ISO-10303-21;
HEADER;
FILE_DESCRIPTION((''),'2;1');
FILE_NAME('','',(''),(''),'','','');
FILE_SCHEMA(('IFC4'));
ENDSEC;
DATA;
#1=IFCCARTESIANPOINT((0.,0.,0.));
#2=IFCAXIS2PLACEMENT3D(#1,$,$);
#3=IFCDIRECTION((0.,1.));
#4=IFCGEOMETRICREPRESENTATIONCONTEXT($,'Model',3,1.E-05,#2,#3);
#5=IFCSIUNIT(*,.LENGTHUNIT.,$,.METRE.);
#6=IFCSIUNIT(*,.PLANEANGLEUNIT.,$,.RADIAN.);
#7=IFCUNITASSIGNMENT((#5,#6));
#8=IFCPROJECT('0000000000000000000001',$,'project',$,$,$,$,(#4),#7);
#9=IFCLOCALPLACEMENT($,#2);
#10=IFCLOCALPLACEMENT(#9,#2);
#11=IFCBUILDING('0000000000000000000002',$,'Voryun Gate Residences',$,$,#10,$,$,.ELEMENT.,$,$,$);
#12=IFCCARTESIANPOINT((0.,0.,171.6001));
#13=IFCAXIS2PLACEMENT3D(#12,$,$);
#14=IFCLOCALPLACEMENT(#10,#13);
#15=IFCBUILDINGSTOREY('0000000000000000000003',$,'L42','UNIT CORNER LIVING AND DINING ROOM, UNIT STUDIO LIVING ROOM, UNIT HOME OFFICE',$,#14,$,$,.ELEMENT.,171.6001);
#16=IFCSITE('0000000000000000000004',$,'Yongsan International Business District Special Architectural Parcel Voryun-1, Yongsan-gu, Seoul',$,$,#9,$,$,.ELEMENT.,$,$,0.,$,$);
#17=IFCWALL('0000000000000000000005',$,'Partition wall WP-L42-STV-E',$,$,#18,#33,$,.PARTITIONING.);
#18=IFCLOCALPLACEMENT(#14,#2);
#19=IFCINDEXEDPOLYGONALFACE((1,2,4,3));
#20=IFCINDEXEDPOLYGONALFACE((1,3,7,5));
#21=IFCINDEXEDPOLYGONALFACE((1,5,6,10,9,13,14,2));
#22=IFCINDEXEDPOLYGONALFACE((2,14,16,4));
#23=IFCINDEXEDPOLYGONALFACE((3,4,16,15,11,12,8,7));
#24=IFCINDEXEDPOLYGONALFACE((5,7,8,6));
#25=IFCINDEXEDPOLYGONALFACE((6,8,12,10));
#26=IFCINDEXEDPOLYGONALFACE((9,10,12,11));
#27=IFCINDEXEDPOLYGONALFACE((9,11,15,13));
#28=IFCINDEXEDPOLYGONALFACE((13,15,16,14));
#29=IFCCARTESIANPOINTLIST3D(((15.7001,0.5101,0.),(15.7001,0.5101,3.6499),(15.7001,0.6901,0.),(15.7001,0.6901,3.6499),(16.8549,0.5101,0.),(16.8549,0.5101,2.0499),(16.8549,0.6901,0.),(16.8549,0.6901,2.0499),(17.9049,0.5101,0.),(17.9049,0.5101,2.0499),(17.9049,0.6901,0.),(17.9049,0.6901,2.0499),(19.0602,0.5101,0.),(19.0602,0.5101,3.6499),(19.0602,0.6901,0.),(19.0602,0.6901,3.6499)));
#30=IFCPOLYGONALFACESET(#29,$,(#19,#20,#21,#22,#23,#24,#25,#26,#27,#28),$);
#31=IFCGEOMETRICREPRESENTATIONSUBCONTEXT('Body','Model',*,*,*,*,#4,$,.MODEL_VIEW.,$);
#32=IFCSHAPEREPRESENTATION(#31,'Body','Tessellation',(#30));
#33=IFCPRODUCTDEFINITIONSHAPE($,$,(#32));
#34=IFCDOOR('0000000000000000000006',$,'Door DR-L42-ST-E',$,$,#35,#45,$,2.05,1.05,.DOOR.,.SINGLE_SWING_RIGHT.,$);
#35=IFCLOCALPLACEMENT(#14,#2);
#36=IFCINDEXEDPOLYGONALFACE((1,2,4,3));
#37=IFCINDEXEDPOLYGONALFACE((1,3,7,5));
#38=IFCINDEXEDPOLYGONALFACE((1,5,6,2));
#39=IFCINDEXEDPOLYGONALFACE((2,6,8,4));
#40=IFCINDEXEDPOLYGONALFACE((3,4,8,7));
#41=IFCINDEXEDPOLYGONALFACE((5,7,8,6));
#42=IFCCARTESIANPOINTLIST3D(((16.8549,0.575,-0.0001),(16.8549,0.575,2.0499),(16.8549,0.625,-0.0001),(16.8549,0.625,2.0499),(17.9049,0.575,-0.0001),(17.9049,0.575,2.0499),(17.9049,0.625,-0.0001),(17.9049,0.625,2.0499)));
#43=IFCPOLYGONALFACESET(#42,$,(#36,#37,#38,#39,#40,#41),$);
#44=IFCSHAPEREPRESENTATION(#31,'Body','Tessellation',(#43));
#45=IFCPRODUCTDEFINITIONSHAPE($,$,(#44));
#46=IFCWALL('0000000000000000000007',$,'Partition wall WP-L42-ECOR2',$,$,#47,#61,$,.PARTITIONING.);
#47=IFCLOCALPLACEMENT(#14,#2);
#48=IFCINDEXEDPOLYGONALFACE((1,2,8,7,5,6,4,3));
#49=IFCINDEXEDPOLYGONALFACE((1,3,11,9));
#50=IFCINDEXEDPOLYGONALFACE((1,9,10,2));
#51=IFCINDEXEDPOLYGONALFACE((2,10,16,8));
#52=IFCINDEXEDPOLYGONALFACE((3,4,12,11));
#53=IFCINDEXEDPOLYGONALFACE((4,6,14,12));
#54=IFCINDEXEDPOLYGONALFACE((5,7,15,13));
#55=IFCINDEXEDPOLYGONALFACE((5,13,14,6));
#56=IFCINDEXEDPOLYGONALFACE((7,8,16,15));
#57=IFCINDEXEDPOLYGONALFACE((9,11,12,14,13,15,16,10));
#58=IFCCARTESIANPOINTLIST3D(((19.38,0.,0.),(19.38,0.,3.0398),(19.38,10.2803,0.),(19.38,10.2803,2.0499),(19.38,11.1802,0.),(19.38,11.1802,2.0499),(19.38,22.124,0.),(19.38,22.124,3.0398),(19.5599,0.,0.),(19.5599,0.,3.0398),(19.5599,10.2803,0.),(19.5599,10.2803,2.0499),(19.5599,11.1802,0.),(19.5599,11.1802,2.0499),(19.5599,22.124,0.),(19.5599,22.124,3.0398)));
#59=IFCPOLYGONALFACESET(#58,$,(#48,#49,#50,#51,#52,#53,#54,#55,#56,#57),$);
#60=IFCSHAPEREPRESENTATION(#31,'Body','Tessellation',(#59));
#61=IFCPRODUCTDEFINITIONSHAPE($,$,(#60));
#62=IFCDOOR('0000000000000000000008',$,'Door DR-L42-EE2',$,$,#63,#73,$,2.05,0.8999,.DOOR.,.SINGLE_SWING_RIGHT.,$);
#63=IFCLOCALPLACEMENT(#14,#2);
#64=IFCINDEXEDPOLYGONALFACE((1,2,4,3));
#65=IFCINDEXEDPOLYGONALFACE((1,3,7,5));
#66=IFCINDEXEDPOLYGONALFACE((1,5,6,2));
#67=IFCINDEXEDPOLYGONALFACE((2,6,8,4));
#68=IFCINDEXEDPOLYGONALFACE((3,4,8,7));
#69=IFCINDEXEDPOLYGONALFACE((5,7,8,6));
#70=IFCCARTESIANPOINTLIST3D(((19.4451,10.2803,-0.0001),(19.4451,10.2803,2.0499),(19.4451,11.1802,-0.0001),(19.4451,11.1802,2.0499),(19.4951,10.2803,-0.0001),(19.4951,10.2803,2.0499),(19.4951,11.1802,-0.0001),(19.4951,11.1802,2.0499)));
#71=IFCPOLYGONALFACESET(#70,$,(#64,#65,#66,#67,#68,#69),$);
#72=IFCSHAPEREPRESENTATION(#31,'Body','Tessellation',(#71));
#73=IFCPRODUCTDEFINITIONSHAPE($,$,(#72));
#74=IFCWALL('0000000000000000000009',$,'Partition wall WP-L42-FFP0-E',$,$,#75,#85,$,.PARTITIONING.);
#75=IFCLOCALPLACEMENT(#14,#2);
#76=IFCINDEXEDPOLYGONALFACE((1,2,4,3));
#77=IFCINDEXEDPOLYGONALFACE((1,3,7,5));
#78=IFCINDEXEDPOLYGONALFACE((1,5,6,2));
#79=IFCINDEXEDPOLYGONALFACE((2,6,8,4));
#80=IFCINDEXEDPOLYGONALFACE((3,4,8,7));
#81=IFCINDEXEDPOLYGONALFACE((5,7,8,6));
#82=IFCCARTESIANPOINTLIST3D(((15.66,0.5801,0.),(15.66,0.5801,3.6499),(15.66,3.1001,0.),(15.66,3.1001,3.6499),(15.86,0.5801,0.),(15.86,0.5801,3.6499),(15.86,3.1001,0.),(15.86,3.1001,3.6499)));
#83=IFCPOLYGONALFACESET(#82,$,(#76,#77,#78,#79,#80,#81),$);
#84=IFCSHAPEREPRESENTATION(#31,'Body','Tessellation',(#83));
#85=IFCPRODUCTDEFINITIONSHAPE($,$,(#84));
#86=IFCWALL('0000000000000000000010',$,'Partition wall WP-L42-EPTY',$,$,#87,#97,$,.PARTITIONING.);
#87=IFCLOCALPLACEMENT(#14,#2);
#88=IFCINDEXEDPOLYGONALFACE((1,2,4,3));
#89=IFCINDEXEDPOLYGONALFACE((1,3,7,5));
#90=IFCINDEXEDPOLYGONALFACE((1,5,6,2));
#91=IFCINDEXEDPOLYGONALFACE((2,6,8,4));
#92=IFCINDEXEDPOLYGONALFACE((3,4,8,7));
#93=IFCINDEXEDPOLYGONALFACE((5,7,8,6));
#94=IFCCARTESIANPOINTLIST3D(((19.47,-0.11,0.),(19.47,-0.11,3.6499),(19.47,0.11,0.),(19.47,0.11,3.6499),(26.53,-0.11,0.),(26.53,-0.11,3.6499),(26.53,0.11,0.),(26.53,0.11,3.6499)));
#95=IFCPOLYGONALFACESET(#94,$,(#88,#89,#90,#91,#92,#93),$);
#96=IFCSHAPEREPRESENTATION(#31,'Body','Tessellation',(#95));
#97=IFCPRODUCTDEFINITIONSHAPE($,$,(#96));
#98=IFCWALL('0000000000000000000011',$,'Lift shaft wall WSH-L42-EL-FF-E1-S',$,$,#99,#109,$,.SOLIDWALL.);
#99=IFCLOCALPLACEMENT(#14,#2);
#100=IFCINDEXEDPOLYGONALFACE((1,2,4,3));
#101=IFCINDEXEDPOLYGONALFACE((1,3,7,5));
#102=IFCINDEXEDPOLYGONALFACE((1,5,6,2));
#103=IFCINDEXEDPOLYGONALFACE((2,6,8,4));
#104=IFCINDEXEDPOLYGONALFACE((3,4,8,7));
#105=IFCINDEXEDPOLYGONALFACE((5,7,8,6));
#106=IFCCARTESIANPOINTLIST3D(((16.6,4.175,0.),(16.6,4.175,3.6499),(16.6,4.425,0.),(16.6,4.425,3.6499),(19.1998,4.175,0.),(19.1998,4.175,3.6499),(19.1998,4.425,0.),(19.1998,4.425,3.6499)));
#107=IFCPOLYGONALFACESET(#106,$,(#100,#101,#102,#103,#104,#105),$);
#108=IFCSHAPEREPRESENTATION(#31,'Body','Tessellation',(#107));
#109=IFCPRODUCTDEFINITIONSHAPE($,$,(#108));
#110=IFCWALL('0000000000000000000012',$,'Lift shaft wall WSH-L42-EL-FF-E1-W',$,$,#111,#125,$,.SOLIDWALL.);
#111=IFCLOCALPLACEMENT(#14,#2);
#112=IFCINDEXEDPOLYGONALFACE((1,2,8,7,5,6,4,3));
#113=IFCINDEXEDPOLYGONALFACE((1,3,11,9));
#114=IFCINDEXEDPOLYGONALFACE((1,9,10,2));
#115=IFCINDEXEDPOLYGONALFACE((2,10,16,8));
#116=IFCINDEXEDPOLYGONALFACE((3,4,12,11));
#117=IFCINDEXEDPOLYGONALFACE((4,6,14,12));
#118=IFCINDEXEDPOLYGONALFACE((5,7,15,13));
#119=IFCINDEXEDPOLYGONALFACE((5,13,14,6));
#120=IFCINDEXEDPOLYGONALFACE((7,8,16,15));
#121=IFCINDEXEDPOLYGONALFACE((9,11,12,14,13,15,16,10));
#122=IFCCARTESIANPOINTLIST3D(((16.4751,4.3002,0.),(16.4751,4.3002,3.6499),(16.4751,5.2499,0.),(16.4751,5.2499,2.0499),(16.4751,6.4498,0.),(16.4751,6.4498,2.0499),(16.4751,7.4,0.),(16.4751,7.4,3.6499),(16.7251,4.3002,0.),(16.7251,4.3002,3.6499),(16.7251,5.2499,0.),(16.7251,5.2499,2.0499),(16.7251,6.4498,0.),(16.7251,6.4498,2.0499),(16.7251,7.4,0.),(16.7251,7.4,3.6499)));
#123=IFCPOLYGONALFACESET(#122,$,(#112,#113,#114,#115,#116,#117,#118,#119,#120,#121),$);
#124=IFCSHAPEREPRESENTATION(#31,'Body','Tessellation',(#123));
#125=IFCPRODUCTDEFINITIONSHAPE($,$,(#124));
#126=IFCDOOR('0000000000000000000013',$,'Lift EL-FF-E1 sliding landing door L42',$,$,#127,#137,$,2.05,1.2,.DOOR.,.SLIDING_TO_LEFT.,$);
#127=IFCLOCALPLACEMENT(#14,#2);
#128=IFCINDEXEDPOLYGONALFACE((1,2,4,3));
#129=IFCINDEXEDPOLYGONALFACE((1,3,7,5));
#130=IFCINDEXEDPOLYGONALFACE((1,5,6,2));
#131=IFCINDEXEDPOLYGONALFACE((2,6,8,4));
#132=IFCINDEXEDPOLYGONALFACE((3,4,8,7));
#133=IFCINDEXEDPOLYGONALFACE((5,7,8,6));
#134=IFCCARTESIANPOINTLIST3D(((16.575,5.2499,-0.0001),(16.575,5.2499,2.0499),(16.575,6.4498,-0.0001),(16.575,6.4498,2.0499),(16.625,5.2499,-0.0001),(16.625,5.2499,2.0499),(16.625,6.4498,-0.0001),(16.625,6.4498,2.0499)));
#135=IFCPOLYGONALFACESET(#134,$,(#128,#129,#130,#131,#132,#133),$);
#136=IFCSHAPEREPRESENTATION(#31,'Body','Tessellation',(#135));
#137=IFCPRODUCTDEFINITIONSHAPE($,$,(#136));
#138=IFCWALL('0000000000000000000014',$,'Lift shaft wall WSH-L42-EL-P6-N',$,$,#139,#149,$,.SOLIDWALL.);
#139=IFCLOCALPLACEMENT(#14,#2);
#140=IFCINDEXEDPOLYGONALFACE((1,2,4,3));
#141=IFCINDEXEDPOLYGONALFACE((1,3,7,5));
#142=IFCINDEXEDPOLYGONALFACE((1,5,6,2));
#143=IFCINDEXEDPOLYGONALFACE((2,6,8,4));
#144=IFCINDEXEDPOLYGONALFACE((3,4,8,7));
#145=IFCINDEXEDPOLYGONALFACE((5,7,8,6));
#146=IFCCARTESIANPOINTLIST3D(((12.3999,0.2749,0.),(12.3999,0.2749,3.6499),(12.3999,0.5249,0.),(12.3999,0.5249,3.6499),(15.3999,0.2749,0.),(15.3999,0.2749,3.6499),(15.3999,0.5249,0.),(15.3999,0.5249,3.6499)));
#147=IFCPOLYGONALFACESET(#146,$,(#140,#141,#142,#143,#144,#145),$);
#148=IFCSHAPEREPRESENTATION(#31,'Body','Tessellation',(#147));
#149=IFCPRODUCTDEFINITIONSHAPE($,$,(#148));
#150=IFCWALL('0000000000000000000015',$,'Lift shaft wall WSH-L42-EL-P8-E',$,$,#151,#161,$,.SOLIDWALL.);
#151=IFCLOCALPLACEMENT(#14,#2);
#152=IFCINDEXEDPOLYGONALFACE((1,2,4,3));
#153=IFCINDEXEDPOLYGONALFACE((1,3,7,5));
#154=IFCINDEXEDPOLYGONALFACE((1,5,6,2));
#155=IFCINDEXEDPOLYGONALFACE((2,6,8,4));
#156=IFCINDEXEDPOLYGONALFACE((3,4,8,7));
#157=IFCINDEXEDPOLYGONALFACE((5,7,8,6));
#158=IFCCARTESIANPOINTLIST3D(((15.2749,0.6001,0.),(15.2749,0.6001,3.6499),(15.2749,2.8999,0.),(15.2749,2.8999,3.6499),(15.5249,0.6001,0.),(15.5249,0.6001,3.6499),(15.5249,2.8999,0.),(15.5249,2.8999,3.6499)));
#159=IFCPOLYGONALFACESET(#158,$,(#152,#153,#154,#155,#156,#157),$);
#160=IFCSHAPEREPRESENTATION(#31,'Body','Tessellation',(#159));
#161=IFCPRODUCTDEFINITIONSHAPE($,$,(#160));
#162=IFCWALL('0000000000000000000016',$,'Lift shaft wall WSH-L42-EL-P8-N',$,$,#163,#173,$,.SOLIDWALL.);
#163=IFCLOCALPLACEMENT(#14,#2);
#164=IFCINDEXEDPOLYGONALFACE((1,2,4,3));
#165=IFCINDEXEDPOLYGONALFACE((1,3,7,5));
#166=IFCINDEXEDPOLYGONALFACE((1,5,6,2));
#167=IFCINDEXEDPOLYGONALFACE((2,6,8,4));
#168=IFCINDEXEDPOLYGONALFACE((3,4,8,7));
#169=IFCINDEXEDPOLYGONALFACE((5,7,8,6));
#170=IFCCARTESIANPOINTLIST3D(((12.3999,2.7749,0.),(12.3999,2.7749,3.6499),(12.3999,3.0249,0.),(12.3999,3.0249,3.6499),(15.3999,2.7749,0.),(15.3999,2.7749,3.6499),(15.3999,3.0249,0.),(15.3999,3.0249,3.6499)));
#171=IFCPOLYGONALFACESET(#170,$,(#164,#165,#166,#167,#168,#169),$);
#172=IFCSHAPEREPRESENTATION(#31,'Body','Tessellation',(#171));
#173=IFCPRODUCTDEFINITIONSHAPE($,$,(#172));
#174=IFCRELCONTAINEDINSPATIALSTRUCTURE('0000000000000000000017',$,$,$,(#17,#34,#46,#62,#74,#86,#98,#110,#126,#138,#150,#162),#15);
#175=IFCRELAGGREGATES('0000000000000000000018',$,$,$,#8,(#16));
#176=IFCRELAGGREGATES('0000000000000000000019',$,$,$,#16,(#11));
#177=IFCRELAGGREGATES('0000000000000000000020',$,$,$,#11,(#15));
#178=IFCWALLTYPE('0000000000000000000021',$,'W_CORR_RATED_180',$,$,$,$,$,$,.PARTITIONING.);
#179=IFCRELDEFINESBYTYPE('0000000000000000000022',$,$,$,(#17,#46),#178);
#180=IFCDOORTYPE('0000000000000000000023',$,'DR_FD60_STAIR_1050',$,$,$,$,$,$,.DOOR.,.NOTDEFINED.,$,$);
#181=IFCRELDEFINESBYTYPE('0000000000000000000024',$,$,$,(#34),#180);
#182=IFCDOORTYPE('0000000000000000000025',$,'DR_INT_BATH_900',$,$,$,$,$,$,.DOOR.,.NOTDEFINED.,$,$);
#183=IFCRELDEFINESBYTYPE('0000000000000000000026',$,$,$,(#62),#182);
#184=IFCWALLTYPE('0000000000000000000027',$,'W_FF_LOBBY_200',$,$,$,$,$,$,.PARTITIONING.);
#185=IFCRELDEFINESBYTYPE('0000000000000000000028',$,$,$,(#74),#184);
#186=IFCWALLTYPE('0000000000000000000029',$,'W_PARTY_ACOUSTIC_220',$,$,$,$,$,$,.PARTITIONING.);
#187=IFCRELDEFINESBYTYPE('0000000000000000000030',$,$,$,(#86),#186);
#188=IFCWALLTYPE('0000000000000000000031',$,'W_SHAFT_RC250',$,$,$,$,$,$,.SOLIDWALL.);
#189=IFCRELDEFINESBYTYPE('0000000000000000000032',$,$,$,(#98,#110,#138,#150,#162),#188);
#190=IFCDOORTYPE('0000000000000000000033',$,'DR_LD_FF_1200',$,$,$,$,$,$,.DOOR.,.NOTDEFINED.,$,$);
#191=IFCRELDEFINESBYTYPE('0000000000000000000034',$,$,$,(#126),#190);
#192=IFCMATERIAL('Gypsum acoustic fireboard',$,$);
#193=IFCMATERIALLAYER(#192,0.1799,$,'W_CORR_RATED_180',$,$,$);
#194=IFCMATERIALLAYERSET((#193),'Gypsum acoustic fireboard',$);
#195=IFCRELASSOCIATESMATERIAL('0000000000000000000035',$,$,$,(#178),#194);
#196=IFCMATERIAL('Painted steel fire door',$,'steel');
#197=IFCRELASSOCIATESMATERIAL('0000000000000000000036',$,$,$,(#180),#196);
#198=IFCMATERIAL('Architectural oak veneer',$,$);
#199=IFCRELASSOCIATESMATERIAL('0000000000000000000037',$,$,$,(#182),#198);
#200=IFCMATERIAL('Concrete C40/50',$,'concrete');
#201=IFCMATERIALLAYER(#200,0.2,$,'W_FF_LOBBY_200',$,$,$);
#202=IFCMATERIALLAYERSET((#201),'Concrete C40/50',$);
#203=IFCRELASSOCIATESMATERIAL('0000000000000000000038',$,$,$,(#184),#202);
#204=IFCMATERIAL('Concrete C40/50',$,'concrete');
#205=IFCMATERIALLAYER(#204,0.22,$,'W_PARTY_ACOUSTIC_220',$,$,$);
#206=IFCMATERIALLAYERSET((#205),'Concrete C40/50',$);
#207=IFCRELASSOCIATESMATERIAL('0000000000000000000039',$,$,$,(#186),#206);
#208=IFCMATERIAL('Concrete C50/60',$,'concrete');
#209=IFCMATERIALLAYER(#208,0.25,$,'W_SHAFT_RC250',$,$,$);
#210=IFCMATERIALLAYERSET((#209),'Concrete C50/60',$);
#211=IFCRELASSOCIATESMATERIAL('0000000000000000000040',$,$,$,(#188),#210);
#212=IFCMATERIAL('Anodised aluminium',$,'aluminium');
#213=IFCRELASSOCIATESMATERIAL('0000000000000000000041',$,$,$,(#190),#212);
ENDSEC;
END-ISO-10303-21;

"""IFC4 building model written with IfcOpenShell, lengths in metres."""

from ifc_helpers import new_model, si_unit, direction, frame, frame_2d, origin, place, context, subcontext, project, spatial, rectangle, extrude, material, layer, layer_set, type_object, element, fill, save


model = new_model("IFC4")

# Units and contexts
model_context = context("Model", 3, precision=1e-05, world=origin(), true_north=direction((0.0, 1.0)))
body_context = subcontext(model_context, "Body", "Model", "MODEL_VIEW")
ifc_project = project(units=[si_unit("LENGTHUNIT", "METRE"), si_unit("PLANEANGLEUNIT", "RADIAN")], contexts=[model_context])

# Site, building, storey
site_placement = place(None, origin())
site = spatial("IfcSite", under=ifc_project, at=site_placement, Name="Yongsan International Business District Special Architectural Parcel Voryun-1, Yongsan-gu, Seoul", CompositionType="ELEMENT", RefElevation=0.0)
building_placement = place(site_placement, origin())
building = spatial("IfcBuilding", under=site, at=building_placement, Name="Voryun Gate Residences", CompositionType="ELEMENT")
storey_placement = place(building_placement, frame((0.0, 0.0, 171.6001)))
storey = spatial("IfcBuildingStorey", under=building, at=storey_placement, Name="L42", Description="UNIT CORNER LIVING AND DINING ROOM, UNIT STUDIO LIVING ROOM, UNIT HOME OFFICE", CompositionType="ELEMENT", Elevation=171.6001)

# Walls, openings, doors
ifc_material_1 = material(Name="Gypsum acoustic fireboard")
ifc_layer_1 = layer(ifc_material_1, 0.1799, Name="W_CORR_RATED_180")
ifc_layer_set_1 = layer_set([ifc_layer_1], Name="Gypsum acoustic fireboard")
wall_type_1 = type_object("IfcWallType", Name="W_CORR_RATED_180", PredefinedType="PARTITIONING", material=ifc_layer_set_1)
wall_1_placement = place(storey_placement, frame((15.7, 0.6001, 0.0), z_axis=(0.0, 0.0, 1.0), x_axis=(1.0, 0.0, 0.0)))
wall_1 = element("IfcWall", 1, at=wall_1_placement, inside=storey, type_object=wall_type_1, Name="Partition wall WP-L42-STV-E", PredefinedType="PARTITIONING", context=body_context, shape_type="SweptSolid", body=[
    extrude(rectangle(XDim=3.3601, YDim=0.1799, at=frame_2d((1.6802, 0.0))), origin(), (0.0, 0.0, 1.0), 3.6499),
])
opening_1_placement = place(wall_1_placement, frame((1.155, 0.0, 0.0)))
opening_1 = element("IfcOpeningElement", 2, at=opening_1_placement, cuts=wall_1, PredefinedType="OPENING", context=body_context, shape_type="SweptSolid", body=[
    extrude(rectangle(XDim=1.05, YDim=2.05, at=frame_2d((0.5249, 1.0249))), frame((0.0, 0.0999, 0.0), z_axis=(0.0, -1.0, 0.0), x_axis=(1.0, 0.0, 0.0)), (0.0, 0.0, 1.0), 0.2),
])
ifc_material_2 = material(Name="Painted steel fire door", Category="steel")
door_type_1 = type_object("IfcDoorType", Name="DR_FD60_STAIR_1050", OperationType="NOTDEFINED", PredefinedType="DOOR", material=ifc_material_2)
door_1_placement = place(opening_1_placement, origin())
door_1 = element("IfcDoor", 3, at=door_1_placement, inside=storey, type_object=door_type_1, Name="Door DR-L42-ST-E", OperationType="SINGLE_SWING_RIGHT", OverallHeight=2.05, OverallWidth=1.05, PredefinedType="DOOR", context=body_context, shape_type="SweptSolid", body=[
    extrude(rectangle(XDim=1.05, YDim=2.05, at=frame_2d((0.5249, 1.0249))), frame((0.0, 0.0249, 0.0), z_axis=(0.0, -1.0, 0.0), x_axis=(1.0, 0.0, 0.0)), (0.0, 0.0, 1.0), 0.05),
])
fill(opening_1, door_1)
wall_2_placement = place(storey_placement, frame((19.47, 0.0, 0.0), z_axis=(0.0, 0.0, 1.0), x_axis=(0.0, 1.0, 0.0)))
wall_2 = element("IfcWall", 4, at=wall_2_placement, inside=storey, type_object=wall_type_1, Name="Partition wall WP-L42-ECOR2", PredefinedType="PARTITIONING", context=body_context, shape_type="SweptSolid", body=[
    extrude(rectangle(XDim=22.124, YDim=0.1799, at=frame_2d((11.062, 0.0))), origin(), (0.0, 0.0, 1.0), 3.0398),
])
opening_2_placement = place(wall_2_placement, frame((10.2803, 0.0, 0.0)))
opening_2 = element("IfcOpeningElement", 5, at=opening_2_placement, cuts=wall_2, PredefinedType="OPENING", context=body_context, shape_type="SweptSolid", body=[
    extrude(rectangle(XDim=0.8999, YDim=2.05, at=frame_2d((0.45, 1.0249))), frame((0.0, 0.0999, 0.0), z_axis=(0.0, -1.0, 0.0), x_axis=(1.0, 0.0, 0.0)), (0.0, 0.0, 1.0), 0.2),
])
ifc_material_3 = material(Name="Architectural oak veneer")
door_type_2 = type_object("IfcDoorType", Name="DR_INT_BATH_900", OperationType="NOTDEFINED", PredefinedType="DOOR", material=ifc_material_3)
door_2_placement = place(opening_2_placement, origin())
door_2 = element("IfcDoor", 6, at=door_2_placement, inside=storey, type_object=door_type_2, Name="Door DR-L42-EE2", OperationType="SINGLE_SWING_RIGHT", OverallHeight=2.05, OverallWidth=0.8999, PredefinedType="DOOR", context=body_context, shape_type="SweptSolid", body=[
    extrude(rectangle(XDim=0.8999, YDim=2.05, at=frame_2d((0.45, 1.0249))), frame((0.0, 0.0249, 0.0), z_axis=(0.0, -1.0, 0.0), x_axis=(1.0, 0.0, 0.0)), (0.0, 0.0, 1.0), 0.05),
])
fill(opening_2, door_2)

# Walls
ifc_material_4 = material(Name="Concrete C40/50", Category="concrete")
ifc_layer_2 = layer(ifc_material_4, 0.2, Name="W_FF_LOBBY_200")
ifc_layer_set_2 = layer_set([ifc_layer_2], Name="Concrete C40/50")
wall_type_2 = type_object("IfcWallType", Name="W_FF_LOBBY_200", PredefinedType="PARTITIONING", material=ifc_layer_set_2)
wall_3_placement = place(storey_placement, frame((15.76, 0.5801, 0.0), z_axis=(0.0, 0.0, 1.0), x_axis=(0.0, 1.0, 0.0)))
element("IfcWall", 7, at=wall_3_placement, inside=storey, type_object=wall_type_2, Name="Partition wall WP-L42-FFP0-E", PredefinedType="PARTITIONING", context=body_context, shape_type="SweptSolid", body=[
    extrude(rectangle(XDim=2.52, YDim=0.2, at=frame_2d((1.26, 0.0))), origin(), (0.0, 0.0, 1.0), 3.6499),
])
ifc_material_5 = material(Name="Concrete C40/50", Category="concrete")
ifc_layer_3 = layer(ifc_material_5, 0.22, Name="W_PARTY_ACOUSTIC_220")
ifc_layer_set_3 = layer_set([ifc_layer_3], Name="Concrete C40/50")
wall_type_3 = type_object("IfcWallType", Name="W_PARTY_ACOUSTIC_220", PredefinedType="PARTITIONING", material=ifc_layer_set_3)
wall_4_placement = place(storey_placement, frame((19.47, 0.0, 0.0), z_axis=(0.0, 0.0, 1.0), x_axis=(1.0, 0.0, 0.0)))
element("IfcWall", 8, at=wall_4_placement, inside=storey, type_object=wall_type_3, Name="Partition wall WP-L42-EPTY", PredefinedType="PARTITIONING", context=body_context, shape_type="SweptSolid", body=[
    extrude(rectangle(XDim=7.0601, YDim=0.22, at=frame_2d((3.53, 0.0))), origin(), (0.0, 0.0, 1.0), 3.6499),
])
ifc_material_6 = material(Name="Concrete C50/60", Category="concrete")
ifc_layer_4 = layer(ifc_material_6, 0.25, Name="W_SHAFT_RC250")
ifc_layer_set_4 = layer_set([ifc_layer_4], Name="Concrete C50/60")
wall_type_4 = type_object("IfcWallType", Name="W_SHAFT_RC250", PredefinedType="SOLIDWALL", material=ifc_layer_set_4)
wall_5_placement = place(storey_placement, frame((16.6001, 4.3, 0.0), z_axis=(0.0, 0.0, 1.0), x_axis=(1.0, 0.0, 0.0)))
element("IfcWall", 9, at=wall_5_placement, inside=storey, type_object=wall_type_4, Name="Lift shaft wall WSH-L42-EL-FF-E1-S", PredefinedType="SOLIDWALL", context=body_context, shape_type="SweptSolid", body=[
    extrude(rectangle(XDim=2.5999, YDim=0.25, at=frame_2d((1.2998, 0.0))), origin(), (0.0, 0.0, 1.0), 3.6499),
])

# Wall, opening, door
wall_6_placement = place(storey_placement, frame((16.6001, 7.3999, 0.0), z_axis=(0.0, 0.0, 1.0), x_axis=(0.0, -1.0, 0.0)))
wall_6 = element("IfcWall", 10, at=wall_6_placement, inside=storey, type_object=wall_type_4, Name="Lift shaft wall WSH-L42-EL-FF-E1-W", PredefinedType="SOLIDWALL", context=body_context, shape_type="SweptSolid", body=[
    extrude(rectangle(XDim=3.0999, YDim=0.25, at=frame_2d((1.5498, 0.0))), origin(), (0.0, 0.0, 1.0), 3.6499),
])
opening_3_placement = place(wall_6_placement, frame((0.95, 0.0, 0.0)))
opening_3 = element("IfcOpeningElement", 11, at=opening_3_placement, cuts=wall_6, PredefinedType="OPENING", context=body_context, shape_type="SweptSolid", body=[
    extrude(rectangle(XDim=1.2, YDim=2.05, at=frame_2d((0.6001, 1.0249))), frame((0.0, 0.135, 0.0), z_axis=(0.0, -1.0, 0.0), x_axis=(1.0, 0.0, 0.0)), (0.0, 0.0, 1.0), 0.27),
])
ifc_material_7 = material(Name="Anodised aluminium", Category="aluminium")
door_type_3 = type_object("IfcDoorType", Name="DR_LD_FF_1200", OperationType="NOTDEFINED", PredefinedType="DOOR", material=ifc_material_7)
door_3_placement = place(opening_3_placement, origin())
door_3 = element("IfcDoor", 12, at=door_3_placement, inside=storey, type_object=door_type_3, Name="Lift EL-FF-E1 sliding landing door L42", OperationType="SLIDING_TO_LEFT", OverallHeight=2.05, OverallWidth=1.2, PredefinedType="DOOR", context=body_context, shape_type="SweptSolid", body=[
    extrude(rectangle(XDim=1.2, YDim=2.05, at=frame_2d((0.6001, 1.0249))), frame((0.0, 0.0249, 0.0), z_axis=(0.0, -1.0, 0.0), x_axis=(1.0, 0.0, 0.0)), (0.0, 0.0, 1.0), 0.05),
])
fill(opening_3, door_3)

# Walls
wall_7_placement = place(storey_placement, frame((15.3999, 0.3999, 0.0), z_axis=(0.0, 0.0, 1.0), x_axis=(-1.0, 0.0, 0.0)))
element("IfcWall", 13, at=wall_7_placement, inside=storey, type_object=wall_type_4, Name="Lift shaft wall WSH-L42-EL-P6-N", PredefinedType="SOLIDWALL", context=body_context, shape_type="SweptSolid", body=[
    extrude(rectangle(XDim=3.0, YDim=0.25, at=frame_2d((1.5, 0.0))), origin(), (0.0, 0.0, 1.0), 3.6499),
])
wall_8_placement = place(storey_placement, frame((15.3999, 0.6001, 0.0), z_axis=(0.0, 0.0, 1.0), x_axis=(0.0, 1.0, 0.0)))
element("IfcWall", 14, at=wall_8_placement, inside=storey, type_object=wall_type_4, Name="Lift shaft wall WSH-L42-EL-P8-E", PredefinedType="SOLIDWALL", context=body_context, shape_type="SweptSolid", body=[
    extrude(rectangle(XDim=2.2998, YDim=0.25, at=frame_2d((1.1499, 0.0))), origin(), (0.0, 0.0, 1.0), 3.6499),
])
wall_9_placement = place(storey_placement, frame((15.3999, 2.8999, 0.0), z_axis=(0.0, 0.0, 1.0), x_axis=(-1.0, 0.0, 0.0)))
element("IfcWall", 15, at=wall_9_placement, inside=storey, type_object=wall_type_4, Name="Lift shaft wall WSH-L42-EL-P8-N", PredefinedType="SOLIDWALL", context=body_context, shape_type="SweptSolid", body=[
    extrude(rectangle(XDim=3.0, YDim=0.25, at=frame_2d((1.5, 0.0))), origin(), (0.0, 0.0, 1.0), 3.6499),
])

save(model, "model.ifc")
